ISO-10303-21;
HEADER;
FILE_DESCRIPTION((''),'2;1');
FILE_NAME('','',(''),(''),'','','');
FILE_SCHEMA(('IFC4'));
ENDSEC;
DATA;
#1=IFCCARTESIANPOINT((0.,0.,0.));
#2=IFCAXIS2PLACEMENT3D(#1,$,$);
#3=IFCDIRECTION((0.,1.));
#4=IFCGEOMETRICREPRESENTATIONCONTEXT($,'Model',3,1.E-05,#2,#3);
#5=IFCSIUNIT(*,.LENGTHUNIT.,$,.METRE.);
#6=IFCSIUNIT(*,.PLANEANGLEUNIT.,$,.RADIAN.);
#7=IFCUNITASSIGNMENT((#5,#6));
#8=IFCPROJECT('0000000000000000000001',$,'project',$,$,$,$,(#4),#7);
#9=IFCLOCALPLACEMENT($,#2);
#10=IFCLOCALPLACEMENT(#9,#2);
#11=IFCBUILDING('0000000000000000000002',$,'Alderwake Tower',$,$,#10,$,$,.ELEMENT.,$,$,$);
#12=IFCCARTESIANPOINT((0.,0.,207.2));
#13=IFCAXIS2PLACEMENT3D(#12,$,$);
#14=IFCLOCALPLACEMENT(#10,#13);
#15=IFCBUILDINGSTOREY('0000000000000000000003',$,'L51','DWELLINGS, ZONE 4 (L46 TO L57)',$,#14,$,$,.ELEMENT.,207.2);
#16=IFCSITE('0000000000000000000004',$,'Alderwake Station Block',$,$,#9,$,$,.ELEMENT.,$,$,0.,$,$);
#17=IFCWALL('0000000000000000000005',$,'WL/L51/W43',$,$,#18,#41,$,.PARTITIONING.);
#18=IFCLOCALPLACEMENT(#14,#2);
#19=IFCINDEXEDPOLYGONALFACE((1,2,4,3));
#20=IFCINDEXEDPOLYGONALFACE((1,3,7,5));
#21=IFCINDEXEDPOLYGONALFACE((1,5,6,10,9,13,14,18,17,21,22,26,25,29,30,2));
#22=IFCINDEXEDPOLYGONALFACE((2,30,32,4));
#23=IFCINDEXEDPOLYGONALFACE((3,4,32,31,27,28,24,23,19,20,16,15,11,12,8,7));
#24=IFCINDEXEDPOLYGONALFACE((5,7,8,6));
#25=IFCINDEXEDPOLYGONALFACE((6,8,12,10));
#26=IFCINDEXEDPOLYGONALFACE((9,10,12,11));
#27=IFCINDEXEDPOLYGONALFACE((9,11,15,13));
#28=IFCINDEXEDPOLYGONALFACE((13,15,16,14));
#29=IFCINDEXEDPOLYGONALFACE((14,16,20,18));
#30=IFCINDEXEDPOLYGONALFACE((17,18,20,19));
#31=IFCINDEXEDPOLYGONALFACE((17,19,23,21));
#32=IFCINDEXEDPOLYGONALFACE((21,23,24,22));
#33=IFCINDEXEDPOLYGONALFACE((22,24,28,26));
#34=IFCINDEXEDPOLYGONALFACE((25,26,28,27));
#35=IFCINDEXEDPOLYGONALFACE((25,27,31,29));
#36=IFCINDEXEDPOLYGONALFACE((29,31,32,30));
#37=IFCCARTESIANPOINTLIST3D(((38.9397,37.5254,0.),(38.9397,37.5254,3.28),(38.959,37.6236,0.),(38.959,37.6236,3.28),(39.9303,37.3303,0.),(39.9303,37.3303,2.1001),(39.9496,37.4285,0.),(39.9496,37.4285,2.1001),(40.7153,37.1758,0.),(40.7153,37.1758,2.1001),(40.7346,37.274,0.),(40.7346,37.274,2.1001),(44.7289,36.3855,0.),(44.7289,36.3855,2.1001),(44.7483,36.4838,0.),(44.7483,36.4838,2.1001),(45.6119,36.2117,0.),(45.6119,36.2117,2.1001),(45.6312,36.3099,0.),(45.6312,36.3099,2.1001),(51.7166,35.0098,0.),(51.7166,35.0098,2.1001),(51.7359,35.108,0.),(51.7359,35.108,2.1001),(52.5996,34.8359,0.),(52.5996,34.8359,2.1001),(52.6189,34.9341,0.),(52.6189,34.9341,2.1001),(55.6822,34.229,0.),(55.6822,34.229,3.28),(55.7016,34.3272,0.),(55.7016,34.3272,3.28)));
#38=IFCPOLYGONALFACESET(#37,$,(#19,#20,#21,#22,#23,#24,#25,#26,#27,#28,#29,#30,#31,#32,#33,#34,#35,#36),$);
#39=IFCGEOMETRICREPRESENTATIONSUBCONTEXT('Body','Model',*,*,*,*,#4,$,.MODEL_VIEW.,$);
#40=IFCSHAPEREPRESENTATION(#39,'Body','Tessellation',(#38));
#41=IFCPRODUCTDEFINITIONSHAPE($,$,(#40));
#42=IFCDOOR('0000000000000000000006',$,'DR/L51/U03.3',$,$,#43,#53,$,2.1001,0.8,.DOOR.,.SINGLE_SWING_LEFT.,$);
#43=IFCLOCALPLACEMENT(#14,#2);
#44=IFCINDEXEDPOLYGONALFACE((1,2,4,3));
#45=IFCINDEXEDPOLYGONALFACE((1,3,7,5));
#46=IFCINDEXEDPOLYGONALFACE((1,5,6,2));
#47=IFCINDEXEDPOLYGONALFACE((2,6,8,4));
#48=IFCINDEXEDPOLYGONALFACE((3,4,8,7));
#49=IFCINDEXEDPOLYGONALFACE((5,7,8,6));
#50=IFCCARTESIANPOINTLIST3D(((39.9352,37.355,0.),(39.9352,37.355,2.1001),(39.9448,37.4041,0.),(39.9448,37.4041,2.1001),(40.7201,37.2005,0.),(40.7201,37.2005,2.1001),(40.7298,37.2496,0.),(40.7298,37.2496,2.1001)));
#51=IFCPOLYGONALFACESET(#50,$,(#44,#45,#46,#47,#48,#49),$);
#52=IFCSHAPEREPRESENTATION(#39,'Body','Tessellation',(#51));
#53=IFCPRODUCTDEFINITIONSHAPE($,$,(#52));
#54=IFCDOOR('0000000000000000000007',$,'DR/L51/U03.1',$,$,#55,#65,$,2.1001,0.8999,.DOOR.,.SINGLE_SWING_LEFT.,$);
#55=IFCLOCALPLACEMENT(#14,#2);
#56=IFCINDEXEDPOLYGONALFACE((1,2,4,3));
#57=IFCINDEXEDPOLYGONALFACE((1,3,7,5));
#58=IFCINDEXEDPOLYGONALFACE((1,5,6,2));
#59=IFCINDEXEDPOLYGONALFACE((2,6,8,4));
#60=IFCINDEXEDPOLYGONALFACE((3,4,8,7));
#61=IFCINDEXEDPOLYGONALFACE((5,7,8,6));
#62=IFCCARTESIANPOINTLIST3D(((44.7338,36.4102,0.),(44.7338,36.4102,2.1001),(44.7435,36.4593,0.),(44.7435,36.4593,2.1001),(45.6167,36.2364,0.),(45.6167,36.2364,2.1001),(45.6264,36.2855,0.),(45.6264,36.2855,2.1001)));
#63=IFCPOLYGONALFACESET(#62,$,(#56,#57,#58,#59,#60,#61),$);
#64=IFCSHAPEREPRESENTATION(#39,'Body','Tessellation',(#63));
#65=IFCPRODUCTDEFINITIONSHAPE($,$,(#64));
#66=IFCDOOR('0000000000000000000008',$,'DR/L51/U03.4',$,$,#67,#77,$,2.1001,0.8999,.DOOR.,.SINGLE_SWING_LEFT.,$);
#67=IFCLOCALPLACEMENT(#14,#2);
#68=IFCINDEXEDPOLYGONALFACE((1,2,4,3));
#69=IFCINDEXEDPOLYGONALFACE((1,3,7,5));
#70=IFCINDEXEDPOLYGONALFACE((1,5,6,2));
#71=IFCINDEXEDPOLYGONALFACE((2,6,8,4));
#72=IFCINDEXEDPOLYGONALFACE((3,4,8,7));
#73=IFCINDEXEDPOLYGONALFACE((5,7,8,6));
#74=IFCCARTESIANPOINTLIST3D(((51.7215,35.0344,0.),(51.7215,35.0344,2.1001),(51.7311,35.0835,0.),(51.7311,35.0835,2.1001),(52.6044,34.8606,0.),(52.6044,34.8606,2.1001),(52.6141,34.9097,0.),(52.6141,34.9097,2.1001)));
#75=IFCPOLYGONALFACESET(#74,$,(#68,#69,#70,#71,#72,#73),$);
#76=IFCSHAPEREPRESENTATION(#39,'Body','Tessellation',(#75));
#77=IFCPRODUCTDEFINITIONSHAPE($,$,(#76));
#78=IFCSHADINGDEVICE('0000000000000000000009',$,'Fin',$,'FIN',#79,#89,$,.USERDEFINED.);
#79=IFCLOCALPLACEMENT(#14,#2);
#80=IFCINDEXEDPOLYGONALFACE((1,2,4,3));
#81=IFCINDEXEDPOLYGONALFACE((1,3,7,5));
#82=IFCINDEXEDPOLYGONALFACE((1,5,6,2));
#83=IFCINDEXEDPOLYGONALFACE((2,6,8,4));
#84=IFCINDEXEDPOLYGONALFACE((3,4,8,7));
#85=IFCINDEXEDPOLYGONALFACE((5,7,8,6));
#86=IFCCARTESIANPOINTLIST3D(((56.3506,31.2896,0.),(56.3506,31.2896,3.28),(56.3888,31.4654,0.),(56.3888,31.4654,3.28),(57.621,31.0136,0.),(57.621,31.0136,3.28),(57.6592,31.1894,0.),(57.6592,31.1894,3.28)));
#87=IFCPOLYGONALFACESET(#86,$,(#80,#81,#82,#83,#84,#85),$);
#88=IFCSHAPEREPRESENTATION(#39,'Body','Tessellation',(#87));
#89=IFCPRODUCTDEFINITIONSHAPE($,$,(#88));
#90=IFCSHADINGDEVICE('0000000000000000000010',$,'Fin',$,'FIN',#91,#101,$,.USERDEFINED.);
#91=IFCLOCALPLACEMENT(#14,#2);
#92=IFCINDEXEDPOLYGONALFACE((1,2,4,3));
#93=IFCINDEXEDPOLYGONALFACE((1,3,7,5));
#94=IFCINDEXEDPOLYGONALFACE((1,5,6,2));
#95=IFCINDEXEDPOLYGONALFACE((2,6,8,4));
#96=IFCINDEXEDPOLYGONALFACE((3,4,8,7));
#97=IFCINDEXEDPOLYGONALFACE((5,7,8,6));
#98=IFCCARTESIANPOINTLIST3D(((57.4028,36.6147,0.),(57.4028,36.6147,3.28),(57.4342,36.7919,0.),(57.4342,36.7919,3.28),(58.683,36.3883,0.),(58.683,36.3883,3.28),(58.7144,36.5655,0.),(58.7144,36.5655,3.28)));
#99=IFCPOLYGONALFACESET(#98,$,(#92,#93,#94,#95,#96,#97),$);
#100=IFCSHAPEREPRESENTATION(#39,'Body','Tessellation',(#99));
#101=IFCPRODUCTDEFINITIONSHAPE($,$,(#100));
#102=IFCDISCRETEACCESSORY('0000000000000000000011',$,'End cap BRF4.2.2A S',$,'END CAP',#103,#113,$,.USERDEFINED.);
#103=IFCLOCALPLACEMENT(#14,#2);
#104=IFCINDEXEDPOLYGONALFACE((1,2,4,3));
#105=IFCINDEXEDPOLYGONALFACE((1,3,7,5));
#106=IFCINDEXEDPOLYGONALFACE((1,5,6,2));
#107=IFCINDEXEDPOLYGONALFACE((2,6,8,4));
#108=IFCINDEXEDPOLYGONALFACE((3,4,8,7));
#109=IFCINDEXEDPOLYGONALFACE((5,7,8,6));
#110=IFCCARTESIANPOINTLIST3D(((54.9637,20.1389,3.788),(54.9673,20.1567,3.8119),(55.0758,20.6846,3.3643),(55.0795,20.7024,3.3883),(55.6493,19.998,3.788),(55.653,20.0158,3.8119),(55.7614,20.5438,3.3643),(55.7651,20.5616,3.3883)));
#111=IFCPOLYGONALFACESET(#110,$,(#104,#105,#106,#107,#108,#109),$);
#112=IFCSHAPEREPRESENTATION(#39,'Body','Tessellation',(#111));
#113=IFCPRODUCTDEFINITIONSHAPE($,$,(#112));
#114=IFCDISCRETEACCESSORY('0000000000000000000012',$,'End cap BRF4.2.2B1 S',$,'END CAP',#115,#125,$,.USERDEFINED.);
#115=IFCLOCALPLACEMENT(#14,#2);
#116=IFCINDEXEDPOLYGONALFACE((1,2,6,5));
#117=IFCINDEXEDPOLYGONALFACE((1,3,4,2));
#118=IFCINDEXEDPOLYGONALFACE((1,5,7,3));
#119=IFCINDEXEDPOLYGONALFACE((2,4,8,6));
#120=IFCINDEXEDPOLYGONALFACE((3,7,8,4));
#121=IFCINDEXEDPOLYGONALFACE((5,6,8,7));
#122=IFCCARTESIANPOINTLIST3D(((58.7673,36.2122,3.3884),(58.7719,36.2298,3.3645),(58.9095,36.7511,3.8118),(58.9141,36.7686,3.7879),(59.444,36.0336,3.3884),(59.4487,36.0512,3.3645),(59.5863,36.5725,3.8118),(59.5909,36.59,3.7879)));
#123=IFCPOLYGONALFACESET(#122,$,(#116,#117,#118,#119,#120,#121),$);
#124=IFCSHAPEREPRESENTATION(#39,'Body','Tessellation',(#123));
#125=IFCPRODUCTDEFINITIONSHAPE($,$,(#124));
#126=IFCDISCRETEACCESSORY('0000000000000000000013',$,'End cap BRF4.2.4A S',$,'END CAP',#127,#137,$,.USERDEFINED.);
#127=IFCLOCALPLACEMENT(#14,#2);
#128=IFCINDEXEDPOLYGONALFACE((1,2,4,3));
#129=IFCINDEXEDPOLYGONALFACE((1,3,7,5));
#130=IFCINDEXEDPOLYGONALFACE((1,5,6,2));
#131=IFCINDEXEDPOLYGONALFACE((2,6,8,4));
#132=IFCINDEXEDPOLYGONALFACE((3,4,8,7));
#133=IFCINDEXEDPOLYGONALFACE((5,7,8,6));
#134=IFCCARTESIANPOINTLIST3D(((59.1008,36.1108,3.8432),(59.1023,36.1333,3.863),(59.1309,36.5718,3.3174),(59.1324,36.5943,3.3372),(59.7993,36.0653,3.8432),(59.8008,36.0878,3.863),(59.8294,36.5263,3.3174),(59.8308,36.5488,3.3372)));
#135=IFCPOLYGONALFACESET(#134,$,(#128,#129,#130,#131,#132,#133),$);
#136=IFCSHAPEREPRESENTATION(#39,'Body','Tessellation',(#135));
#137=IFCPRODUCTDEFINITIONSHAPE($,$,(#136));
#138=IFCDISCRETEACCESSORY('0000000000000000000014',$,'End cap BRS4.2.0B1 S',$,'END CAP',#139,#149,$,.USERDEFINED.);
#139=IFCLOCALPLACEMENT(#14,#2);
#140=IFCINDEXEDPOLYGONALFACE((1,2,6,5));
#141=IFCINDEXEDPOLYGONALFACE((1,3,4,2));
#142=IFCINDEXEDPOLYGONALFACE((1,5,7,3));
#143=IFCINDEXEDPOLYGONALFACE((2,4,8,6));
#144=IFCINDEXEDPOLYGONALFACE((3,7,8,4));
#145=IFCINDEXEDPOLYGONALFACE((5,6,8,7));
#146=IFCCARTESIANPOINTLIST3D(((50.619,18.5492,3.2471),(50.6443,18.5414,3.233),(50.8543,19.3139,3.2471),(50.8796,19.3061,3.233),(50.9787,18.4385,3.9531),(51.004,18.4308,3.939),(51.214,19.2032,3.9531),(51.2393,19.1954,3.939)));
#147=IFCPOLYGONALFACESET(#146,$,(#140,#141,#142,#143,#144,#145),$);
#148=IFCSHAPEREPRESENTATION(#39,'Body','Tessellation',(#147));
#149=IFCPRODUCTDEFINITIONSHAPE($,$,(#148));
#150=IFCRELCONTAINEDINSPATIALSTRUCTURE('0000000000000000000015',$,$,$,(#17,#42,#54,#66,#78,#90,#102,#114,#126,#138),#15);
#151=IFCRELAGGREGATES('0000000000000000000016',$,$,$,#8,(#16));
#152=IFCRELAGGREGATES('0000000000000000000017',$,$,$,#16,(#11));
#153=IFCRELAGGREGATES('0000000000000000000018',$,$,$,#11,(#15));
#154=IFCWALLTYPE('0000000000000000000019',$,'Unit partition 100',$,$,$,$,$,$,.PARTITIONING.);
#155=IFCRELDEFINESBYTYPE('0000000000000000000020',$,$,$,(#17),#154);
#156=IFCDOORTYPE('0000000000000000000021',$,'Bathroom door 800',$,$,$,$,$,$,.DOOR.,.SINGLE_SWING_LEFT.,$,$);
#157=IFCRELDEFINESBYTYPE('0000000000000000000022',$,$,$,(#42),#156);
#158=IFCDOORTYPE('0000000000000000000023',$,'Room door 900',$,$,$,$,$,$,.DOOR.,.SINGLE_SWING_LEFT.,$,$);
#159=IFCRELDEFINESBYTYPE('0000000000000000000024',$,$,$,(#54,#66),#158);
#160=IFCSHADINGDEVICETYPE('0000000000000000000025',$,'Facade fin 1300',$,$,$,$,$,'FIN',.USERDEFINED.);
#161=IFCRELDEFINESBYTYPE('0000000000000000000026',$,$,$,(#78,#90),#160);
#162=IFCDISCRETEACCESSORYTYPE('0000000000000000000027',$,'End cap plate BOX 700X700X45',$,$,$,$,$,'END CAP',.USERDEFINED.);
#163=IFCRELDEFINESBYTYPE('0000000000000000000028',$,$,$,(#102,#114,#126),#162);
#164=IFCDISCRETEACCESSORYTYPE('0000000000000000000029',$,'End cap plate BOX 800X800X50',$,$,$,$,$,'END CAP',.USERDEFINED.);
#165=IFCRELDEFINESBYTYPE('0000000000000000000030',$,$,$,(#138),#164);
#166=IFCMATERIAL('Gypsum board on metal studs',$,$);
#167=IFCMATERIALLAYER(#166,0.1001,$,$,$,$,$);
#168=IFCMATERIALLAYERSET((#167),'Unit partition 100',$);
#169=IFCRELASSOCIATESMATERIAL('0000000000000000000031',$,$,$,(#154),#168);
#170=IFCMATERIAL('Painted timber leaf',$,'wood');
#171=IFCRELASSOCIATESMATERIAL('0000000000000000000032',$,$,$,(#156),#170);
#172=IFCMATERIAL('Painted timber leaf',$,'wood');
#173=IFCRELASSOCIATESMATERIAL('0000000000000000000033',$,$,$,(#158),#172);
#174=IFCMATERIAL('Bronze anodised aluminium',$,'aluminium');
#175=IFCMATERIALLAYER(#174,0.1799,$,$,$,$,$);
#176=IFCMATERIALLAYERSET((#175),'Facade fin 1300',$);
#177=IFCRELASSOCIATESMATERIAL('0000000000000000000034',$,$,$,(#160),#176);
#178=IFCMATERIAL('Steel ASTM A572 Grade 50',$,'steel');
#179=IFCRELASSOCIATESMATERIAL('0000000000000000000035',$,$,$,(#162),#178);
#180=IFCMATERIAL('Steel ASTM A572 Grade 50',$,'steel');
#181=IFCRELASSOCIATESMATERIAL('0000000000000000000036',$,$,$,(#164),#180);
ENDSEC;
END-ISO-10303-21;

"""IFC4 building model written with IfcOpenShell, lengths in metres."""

from ifc_helpers import new_model, si_unit, direction, frame, frame_2d, origin, origin_2d, place, context, subcontext, project, spatial, rectangle, extrude, material, layer, layer_set, material_profile, profile_set, type_object, element, fill, save


model = new_model("IFC4")

# Units and contexts
model_context = context("Model", 3, precision=1e-05, world=origin(), true_north=direction((0.0, 1.0)))
body_context = subcontext(model_context, "Body", "Model", "MODEL_VIEW")
ifc_project = project(units=[si_unit("LENGTHUNIT", "METRE"), si_unit("PLANEANGLEUNIT", "RADIAN")], contexts=[model_context])

# Site, building, storey
site_placement = place(None, origin())
site = spatial("IfcSite", under=ifc_project, at=site_placement, Name="Alderwake Station Block", CompositionType="ELEMENT", RefElevation=0.0)
building_placement = place(site_placement, origin())
building = spatial("IfcBuilding", under=site, at=building_placement, Name="Alderwake Tower", CompositionType="ELEMENT")
storey_placement = place(building_placement, frame((0.0, 0.0, 207.2)))
storey = spatial("IfcBuildingStorey", under=building, at=storey_placement, Name="L51", Description="DWELLINGS, ZONE 4 (L46 TO L57)", CompositionType="ELEMENT", Elevation=207.2)

# Wall, openings, doors
ifc_material_1 = material(Name="Gypsum board on metal studs")
ifc_layer_1 = layer(ifc_material_1, 0.1001)
ifc_layer_set_1 = layer_set([ifc_layer_1], Name="Unit partition 100")
wall_type_1 = type_object("IfcWallType", Name="Unit partition 100", PredefinedType="PARTITIONING", material=ifc_layer_set_1)
wall_1_placement = place(storey_placement, frame((55.6919, 34.2781, 0.0), z_axis=(0.0, 0.0, 1.0), x_axis=(-0.981163, 0.193179, 0.0)))
wall_1 = element("IfcWall", 1, at=wall_1_placement, inside=storey, type_object=wall_type_1, Name="WL/L51/W43", PredefinedType="PARTITIONING", context=body_context, shape_type="SweptSolid", body=[
    extrude(rectangle(XDim=17.064, YDim=0.1001, at=frame_2d((8.532, 0.0))), origin(), (0.0, 0.0, 1.0), 3.28),
])
opening_1_placement = place(wall_1_placement, frame((10.2637, 0.0, 0.0)))
opening_1 = element("IfcOpeningElement", 2, at=opening_1_placement, cuts=wall_1, PredefinedType="OPENING", context=body_context, shape_type="SweptSolid", body=[
    extrude(rectangle(XDim=0.8999, YDim=2.1001, at=frame_2d((0.45, 1.05))), frame((0.0, 0.0601, 0.0), z_axis=(0.0, -1.0, 0.0), x_axis=(1.0, 0.0, 0.0)), (0.0, 0.0, 1.0), 0.1201),
])
opening_2_placement = place(wall_1_placement, frame((15.2544, 0.0, 0.0)))
opening_2 = element("IfcOpeningElement", 3, at=opening_2_placement, cuts=wall_1, PredefinedType="OPENING", context=body_context, shape_type="SweptSolid", body=[
    extrude(rectangle(XDim=0.8, YDim=2.1001, at=frame_2d((0.3999, 1.05))), frame((0.0, 0.0601, 0.0), z_axis=(0.0, -1.0, 0.0), x_axis=(1.0, 0.0, 0.0)), (0.0, 0.0, 1.0), 0.1201),
])
opening_3_placement = place(wall_1_placement, frame((3.1418, 0.0, 0.0)))
opening_3 = element("IfcOpeningElement", 4, at=opening_3_placement, cuts=wall_1, PredefinedType="OPENING", context=body_context, shape_type="SweptSolid", body=[
    extrude(rectangle(XDim=0.8999, YDim=2.1001, at=frame_2d((0.45, 1.05))), frame((0.0, 0.0601, 0.0), z_axis=(0.0, -1.0, 0.0), x_axis=(1.0, 0.0, 0.0)), (0.0, 0.0, 1.0), 0.1201),
])
ifc_material_2 = material(Name="Painted timber leaf", Category="wood")
door_type_1 = type_object("IfcDoorType", Name="Bathroom door 800", OperationType="SINGLE_SWING_LEFT", PredefinedType="DOOR", material=ifc_material_2)
door_1_placement = place(opening_2_placement, origin())
door_1 = element("IfcDoor", 5, at=door_1_placement, inside=storey, type_object=door_type_1, Name="DR/L51/U03.3", OperationType="SINGLE_SWING_LEFT", OverallHeight=2.1001, OverallWidth=0.8, PredefinedType="DOOR", context=body_context, shape_type="SweptSolid", body=[
    extrude(rectangle(XDim=0.8, YDim=2.1001, at=frame_2d((0.3999, 1.05))), frame((0.0, 0.0249, 0.0), z_axis=(0.0, -1.0, 0.0), x_axis=(1.0, 0.0, 0.0)), (0.0, 0.0, 1.0), 0.05),
])
fill(opening_2, door_1)
ifc_material_3 = material(Name="Painted timber leaf", Category="wood")
door_type_2 = type_object("IfcDoorType", Name="Room door 900", OperationType="SINGLE_SWING_LEFT", PredefinedType="DOOR", material=ifc_material_3)
door_2_placement = place(opening_1_placement, origin())
door_2 = element("IfcDoor", 6, at=door_2_placement, inside=storey, type_object=door_type_2, Name="DR/L51/U03.1", OperationType="SINGLE_SWING_LEFT", OverallHeight=2.1001, OverallWidth=0.8999, PredefinedType="DOOR", context=body_context, shape_type="SweptSolid", body=[
    extrude(rectangle(XDim=0.8999, YDim=2.1001, at=frame_2d((0.45, 1.05))), frame((0.0, 0.0249, 0.0), z_axis=(0.0, -1.0, 0.0), x_axis=(1.0, 0.0, 0.0)), (0.0, 0.0, 1.0), 0.05),
])
fill(opening_1, door_2)
door_3_placement = place(opening_3_placement, origin())
door_3 = element("IfcDoor", 7, at=door_3_placement, inside=storey, type_object=door_type_2, Name="DR/L51/U03.4", OperationType="SINGLE_SWING_LEFT", OverallHeight=2.1001, OverallWidth=0.8999, PredefinedType="DOOR", context=body_context, shape_type="SweptSolid", body=[
    extrude(rectangle(XDim=0.8999, YDim=2.1001, at=frame_2d((0.45, 1.05))), frame((0.0, 0.0249, 0.0), z_axis=(0.0, -1.0, 0.0), x_axis=(1.0, 0.0, 0.0)), (0.0, 0.0, 1.0), 0.05),
])
fill(opening_3, door_3)

# Shading devices
ifc_material_4 = material(Name="Bronze anodised aluminium", Category="aluminium")
ifc_layer_2 = layer(ifc_material_4, 0.1799)
ifc_layer_set_2 = layer_set([ifc_layer_2], Name="Facade fin 1300")
shading_device_type = type_object("IfcShadingDeviceType", Name="Facade fin 1300", ElementType="FIN", PredefinedType="USERDEFINED", material=ifc_layer_set_2)
for number, where, z_axis, x_axis, name in (
    (8, (57.0049, 31.2395, 0.0), (0.0, 0.0, 1.0), (0.97721, -0.212273, 0.0), "Fin"),
    (9, (58.0586, 36.5901, 0.0), (0.0, 0.0, 1.0), (0.984726, -0.174109, 0.0), "Fin"),
):
    element("IfcShadingDevice", number, at=place(storey_placement, frame(where, z_axis=z_axis, x_axis=x_axis)), inside=storey, type_object=shading_device_type, Name=name, ObjectType="FIN", PredefinedType="USERDEFINED", context=body_context, shape_type="SweptSolid", body=[
        extrude(rectangle(XDim=1.3, YDim=0.1799, at=origin_2d()), origin(), (0.0, 0.0, 1.0), 3.28),
    ])

# Discrete accessories
ifc_material_5 = material(Name="Steel ASTM A572 Grade 50", Category="steel")
ifc_material_profile_1 = material_profile(ifc_material_5, rectangle(XDim=0.7, YDim=0.7, at=origin_2d()), Name="BOX 700X700X45 cap")
ifc_profile_set_1 = profile_set([ifc_material_profile_1], Name="Steel ASTM A572 Grade 50")
discrete_accessory_type_1 = type_object("IfcDiscreteAccessoryType", Name="End cap plate BOX 700X700X45", ElementType="END CAP", PredefinedType="USERDEFINED", material=ifc_profile_set_1)
for number, where, z_axis, x_axis, name in (
    (10, (55.3662, 20.3591, 3.6001), (-0.121835, -0.592928, -0.795985), (0.979535, -0.201274, 0.0), "End cap BRF4.2.2A S"),
    (11, (59.1768, 36.3923, 3.6001), (0.15437, 0.584979, -0.796222), (-0.9669, 0.255154, 0.0), "End cap BRF4.2.2B1 S"),
    (12, (59.4666, 36.3411, 3.6001), (-0.04889, -0.749654, -0.660022), (0.99788, -0.065079, 0.0), "End cap BRF4.2.4A S"),
):
    element("IfcDiscreteAccessory", number, at=place(storey_placement, frame(where, z_axis=z_axis, x_axis=x_axis)), inside=storey, type_object=discrete_accessory_type_1, Name=name, ObjectType="END CAP", PredefinedType="USERDEFINED", context=body_context, shape_type="SweptSolid", body=[
        extrude(rectangle(XDim=0.7, YDim=0.7, at=origin_2d()), origin(), (0.0, 0.0, 1.0), 0.03),
    ])
ifc_material_6 = material(Name="Steel ASTM A572 Grade 50", Category="steel")
ifc_material_profile_2 = material_profile(ifc_material_6, rectangle(XDim=0.8, YDim=0.8, at=origin_2d()), Name="BOX 800X800X50 cap")
ifc_profile_set_2 = profile_set([ifc_material_profile_2], Name="Steel ASTM A572 Grade 50")
discrete_accessory_type_2 = type_object("IfcDiscreteAccessoryType", Name="End cap plate BOX 800X800X50", ElementType="END CAP", PredefinedType="USERDEFINED", material=ifc_profile_set_2)
discrete_accessory_placement = place(storey_placement, frame((50.9165, 18.8762, 3.6001), z_axis=(0.84344, -0.25952, -0.47038), x_axis=(0.294086, 0.955779, 0.0)))
element("IfcDiscreteAccessory", 13, at=discrete_accessory_placement, inside=storey, type_object=discrete_accessory_type_2, Name="End cap BRS4.2.0B1 S", ObjectType="END CAP", PredefinedType="USERDEFINED", context=body_context, shape_type="SweptSolid", body=[
    extrude(rectangle(XDim=0.8, YDim=0.8, at=origin_2d()), origin(), (0.0, 0.0, 1.0), 0.03),
])

save(model, "model.ifc")
